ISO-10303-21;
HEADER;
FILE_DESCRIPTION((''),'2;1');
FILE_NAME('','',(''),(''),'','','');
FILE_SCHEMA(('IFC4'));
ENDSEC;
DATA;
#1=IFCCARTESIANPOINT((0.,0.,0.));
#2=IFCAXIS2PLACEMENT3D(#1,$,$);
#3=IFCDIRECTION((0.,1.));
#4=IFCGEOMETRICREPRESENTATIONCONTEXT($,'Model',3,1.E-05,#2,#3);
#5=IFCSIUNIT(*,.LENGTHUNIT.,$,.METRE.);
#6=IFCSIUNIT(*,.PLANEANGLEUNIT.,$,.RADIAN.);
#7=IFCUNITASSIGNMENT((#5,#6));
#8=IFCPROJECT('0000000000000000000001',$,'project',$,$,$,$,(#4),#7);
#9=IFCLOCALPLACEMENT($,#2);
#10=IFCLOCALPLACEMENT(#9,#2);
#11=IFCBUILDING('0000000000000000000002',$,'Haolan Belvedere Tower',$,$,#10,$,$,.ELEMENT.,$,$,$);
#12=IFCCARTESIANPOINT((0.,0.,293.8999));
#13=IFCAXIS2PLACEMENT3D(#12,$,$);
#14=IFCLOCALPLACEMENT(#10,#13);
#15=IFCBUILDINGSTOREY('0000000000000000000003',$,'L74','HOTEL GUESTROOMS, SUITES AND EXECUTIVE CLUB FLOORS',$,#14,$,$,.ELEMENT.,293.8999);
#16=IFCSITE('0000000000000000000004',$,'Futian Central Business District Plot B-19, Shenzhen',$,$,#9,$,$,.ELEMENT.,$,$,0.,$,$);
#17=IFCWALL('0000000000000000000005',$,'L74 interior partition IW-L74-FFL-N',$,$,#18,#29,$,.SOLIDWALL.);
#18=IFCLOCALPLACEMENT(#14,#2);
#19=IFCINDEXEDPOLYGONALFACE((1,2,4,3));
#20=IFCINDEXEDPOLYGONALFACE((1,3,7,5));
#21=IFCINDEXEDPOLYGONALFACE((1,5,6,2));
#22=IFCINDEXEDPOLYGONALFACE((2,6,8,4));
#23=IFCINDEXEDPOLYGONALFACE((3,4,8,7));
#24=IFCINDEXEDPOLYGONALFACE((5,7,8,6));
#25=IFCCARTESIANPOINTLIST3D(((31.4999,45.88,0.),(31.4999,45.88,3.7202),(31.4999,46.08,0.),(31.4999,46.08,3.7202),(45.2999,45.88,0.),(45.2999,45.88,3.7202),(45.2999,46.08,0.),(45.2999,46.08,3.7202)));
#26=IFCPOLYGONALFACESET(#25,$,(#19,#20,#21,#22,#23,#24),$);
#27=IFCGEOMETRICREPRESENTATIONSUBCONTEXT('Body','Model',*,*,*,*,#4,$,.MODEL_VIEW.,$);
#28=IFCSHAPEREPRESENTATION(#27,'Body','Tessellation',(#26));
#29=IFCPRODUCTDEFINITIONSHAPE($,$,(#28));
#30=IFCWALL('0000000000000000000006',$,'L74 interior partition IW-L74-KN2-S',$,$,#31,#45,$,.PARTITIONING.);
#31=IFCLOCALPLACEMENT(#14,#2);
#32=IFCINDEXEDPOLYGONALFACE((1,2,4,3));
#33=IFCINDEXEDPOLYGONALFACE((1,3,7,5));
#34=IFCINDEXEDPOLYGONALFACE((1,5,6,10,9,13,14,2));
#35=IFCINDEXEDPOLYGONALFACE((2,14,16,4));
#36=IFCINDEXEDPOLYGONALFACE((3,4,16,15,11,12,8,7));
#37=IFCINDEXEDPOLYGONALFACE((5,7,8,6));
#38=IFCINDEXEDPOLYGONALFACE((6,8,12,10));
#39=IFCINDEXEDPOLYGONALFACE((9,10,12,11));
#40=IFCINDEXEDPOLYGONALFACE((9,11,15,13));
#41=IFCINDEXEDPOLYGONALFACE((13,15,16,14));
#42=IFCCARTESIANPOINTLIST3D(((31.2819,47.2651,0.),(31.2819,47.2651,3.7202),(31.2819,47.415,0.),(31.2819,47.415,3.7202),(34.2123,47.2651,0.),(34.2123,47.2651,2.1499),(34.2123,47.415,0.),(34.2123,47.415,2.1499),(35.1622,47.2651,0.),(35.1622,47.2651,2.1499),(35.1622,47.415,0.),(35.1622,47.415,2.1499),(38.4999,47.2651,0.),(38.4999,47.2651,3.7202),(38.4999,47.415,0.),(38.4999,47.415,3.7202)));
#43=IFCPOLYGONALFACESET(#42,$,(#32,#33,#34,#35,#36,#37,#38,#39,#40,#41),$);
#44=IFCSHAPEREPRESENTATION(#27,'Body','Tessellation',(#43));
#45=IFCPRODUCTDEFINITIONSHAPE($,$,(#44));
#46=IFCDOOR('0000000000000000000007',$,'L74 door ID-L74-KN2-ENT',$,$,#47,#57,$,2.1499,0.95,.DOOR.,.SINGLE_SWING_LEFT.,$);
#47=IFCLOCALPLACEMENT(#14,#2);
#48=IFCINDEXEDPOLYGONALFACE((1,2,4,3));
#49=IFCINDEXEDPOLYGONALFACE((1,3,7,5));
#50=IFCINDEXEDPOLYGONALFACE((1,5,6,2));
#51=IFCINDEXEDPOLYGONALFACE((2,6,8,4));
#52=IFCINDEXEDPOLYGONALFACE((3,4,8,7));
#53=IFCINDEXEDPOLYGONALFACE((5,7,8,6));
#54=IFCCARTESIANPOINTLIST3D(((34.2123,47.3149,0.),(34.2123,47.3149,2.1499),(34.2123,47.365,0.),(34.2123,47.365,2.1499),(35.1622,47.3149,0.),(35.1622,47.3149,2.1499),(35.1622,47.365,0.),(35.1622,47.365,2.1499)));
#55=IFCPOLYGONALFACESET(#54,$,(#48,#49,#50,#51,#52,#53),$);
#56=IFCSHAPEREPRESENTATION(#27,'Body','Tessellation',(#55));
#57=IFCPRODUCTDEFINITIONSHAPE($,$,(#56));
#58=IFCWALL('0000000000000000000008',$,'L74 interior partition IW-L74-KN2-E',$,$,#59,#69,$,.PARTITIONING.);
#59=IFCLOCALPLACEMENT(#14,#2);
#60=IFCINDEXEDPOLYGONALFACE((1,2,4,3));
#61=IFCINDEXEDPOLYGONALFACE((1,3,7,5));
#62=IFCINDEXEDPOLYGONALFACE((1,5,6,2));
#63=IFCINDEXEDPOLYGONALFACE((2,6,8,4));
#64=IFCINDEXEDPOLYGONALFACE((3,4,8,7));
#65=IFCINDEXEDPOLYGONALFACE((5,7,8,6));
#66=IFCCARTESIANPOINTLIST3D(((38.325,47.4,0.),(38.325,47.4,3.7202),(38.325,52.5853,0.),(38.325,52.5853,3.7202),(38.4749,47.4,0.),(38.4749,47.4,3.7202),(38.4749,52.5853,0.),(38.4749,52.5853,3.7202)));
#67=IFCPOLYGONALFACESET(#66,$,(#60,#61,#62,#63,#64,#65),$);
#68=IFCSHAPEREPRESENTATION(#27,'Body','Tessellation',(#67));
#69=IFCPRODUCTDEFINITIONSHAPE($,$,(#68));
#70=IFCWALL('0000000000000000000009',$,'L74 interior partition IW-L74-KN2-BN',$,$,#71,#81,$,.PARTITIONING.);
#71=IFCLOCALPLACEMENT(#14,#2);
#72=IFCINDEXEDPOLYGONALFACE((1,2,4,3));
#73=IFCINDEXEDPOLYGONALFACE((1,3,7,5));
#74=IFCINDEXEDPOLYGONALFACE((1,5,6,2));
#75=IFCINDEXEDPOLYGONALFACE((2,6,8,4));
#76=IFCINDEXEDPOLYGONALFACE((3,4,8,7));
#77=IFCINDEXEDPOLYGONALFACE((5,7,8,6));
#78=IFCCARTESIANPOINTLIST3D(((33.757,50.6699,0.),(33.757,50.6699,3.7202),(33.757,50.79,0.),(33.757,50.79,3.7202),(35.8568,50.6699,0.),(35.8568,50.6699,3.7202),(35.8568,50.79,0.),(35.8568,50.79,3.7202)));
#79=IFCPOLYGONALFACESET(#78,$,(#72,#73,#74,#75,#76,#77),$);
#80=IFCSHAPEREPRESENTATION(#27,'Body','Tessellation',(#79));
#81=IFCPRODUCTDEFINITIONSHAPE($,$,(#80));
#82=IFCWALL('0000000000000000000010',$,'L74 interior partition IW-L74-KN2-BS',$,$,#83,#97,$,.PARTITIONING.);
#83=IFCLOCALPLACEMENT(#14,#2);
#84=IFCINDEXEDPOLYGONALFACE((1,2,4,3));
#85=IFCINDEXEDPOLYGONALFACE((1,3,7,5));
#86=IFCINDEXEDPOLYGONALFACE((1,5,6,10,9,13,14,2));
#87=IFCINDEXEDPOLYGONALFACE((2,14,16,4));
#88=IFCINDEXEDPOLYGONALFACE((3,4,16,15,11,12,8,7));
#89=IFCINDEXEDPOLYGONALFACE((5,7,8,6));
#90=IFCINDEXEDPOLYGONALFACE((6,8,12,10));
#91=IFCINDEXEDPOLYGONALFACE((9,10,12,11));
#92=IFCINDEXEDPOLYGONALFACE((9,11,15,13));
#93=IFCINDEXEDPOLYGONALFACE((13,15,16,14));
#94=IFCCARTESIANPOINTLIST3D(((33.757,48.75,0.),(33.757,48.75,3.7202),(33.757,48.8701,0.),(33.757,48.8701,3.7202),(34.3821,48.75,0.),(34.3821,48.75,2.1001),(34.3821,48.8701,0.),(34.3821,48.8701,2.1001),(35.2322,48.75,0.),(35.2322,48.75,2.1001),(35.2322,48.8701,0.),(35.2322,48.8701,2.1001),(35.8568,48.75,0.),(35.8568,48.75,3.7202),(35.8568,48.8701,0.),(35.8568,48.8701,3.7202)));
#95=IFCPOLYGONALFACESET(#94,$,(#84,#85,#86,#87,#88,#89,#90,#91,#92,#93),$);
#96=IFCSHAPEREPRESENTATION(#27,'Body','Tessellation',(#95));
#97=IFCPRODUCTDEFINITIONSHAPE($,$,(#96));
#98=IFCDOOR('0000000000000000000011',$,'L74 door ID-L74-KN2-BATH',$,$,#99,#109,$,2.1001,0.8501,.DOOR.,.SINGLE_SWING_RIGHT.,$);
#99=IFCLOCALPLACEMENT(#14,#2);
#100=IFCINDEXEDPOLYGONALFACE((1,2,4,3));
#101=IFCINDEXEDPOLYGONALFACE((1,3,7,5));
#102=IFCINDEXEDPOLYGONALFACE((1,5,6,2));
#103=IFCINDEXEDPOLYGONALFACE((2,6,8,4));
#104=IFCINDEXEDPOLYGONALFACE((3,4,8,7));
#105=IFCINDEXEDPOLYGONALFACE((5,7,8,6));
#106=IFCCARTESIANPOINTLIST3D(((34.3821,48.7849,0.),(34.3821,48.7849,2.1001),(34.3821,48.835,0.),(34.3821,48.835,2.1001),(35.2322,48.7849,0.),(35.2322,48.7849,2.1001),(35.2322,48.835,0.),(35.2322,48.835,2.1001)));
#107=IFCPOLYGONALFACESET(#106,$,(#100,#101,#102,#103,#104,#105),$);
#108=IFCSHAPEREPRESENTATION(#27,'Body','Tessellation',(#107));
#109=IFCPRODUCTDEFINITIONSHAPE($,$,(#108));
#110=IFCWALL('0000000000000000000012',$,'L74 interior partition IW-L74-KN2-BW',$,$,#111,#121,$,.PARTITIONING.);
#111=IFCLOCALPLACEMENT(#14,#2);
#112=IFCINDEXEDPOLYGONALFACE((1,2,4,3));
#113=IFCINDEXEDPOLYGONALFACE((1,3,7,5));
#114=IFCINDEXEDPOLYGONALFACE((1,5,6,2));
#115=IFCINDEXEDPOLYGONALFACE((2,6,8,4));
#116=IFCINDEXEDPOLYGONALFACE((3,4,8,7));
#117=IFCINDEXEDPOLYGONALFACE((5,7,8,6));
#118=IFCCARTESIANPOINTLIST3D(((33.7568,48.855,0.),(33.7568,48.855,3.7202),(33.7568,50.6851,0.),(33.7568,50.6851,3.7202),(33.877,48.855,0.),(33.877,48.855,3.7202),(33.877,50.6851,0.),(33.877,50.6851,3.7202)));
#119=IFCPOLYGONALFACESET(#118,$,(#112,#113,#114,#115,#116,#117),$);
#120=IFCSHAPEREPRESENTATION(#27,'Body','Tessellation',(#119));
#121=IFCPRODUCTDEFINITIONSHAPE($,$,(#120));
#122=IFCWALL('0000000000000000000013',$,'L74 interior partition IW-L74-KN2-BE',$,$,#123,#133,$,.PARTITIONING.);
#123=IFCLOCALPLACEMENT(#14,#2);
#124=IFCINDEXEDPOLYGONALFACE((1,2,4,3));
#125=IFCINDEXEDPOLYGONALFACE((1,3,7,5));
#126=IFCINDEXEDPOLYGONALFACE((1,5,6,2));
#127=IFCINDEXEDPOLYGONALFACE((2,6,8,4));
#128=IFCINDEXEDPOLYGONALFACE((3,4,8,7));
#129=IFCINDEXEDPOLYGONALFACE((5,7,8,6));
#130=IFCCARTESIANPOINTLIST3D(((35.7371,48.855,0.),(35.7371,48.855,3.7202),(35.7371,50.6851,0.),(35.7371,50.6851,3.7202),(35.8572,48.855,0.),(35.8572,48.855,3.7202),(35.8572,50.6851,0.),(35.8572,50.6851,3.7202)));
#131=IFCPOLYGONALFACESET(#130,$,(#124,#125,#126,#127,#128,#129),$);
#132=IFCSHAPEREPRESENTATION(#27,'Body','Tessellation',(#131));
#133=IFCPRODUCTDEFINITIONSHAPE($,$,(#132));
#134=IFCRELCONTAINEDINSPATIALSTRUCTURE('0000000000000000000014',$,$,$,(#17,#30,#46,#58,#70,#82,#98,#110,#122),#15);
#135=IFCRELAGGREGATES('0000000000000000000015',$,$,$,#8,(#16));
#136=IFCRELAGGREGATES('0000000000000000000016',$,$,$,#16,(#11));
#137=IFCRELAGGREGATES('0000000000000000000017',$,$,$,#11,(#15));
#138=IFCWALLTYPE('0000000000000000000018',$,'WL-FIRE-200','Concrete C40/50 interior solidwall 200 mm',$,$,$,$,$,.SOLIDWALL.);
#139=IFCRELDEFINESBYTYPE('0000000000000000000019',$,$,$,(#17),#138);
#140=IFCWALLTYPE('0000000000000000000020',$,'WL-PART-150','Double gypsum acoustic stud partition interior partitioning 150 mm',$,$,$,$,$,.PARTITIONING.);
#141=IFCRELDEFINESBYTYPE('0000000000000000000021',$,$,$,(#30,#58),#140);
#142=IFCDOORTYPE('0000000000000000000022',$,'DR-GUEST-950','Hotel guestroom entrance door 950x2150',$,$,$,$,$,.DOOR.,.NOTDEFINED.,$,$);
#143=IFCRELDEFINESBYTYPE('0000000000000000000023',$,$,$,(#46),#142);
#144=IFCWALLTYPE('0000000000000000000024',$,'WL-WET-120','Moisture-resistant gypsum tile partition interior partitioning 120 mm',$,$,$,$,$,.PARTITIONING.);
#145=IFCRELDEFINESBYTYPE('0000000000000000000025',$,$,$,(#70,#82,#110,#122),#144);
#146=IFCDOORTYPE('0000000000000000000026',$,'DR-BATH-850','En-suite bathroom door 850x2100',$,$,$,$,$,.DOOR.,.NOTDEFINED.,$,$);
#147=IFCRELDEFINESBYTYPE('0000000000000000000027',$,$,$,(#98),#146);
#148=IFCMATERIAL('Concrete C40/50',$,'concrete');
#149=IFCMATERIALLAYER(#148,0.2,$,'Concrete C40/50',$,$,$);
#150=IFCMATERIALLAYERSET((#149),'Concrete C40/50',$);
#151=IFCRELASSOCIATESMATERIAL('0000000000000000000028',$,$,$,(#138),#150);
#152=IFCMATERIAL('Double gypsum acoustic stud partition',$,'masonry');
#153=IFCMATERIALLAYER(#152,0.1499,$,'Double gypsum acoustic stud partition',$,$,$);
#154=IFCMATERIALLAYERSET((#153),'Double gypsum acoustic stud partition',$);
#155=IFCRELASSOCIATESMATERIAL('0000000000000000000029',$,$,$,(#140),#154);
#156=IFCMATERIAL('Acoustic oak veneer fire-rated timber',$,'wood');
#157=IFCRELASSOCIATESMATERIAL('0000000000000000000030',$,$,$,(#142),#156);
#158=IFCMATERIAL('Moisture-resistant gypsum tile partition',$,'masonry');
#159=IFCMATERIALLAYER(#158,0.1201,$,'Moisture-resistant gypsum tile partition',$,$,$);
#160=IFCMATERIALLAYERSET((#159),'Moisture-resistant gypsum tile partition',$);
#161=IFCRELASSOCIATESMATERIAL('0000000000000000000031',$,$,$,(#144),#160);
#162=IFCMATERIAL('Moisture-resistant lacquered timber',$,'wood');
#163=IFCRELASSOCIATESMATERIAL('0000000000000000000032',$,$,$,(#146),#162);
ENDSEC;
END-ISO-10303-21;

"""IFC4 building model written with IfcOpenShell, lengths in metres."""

from ifc_helpers import new_model, si_unit, direction, frame, frame_2d, origin, place, context, subcontext, project, spatial, rectangle, extrude, material, layer, layer_set, type_object, element, fill, save


model = new_model("IFC4")

# Units and contexts
model_context = context("Model", 3, precision=1e-05, world=origin(), true_north=direction((0.0, 1.0)))
body_context = subcontext(model_context, "Body", "Model", "MODEL_VIEW")
ifc_project = project(units=[si_unit("LENGTHUNIT", "METRE"), si_unit("PLANEANGLEUNIT", "RADIAN")], contexts=[model_context])

# Site, building, storey
site_placement = place(None, origin())
site = spatial("IfcSite", under=ifc_project, at=site_placement, Name="Futian Central Business District Plot B-19, Shenzhen", CompositionType="ELEMENT", RefElevation=0.0)
building_placement = place(site_placement, origin())
building = spatial("IfcBuilding", under=site, at=building_placement, Name="Haolan Belvedere Tower", CompositionType="ELEMENT")
storey_placement = place(building_placement, frame((0.0, 0.0, 293.8999)))
storey = spatial("IfcBuildingStorey", under=building, at=storey_placement, Name="L74", Description="HOTEL GUESTROOMS, SUITES AND EXECUTIVE CLUB FLOORS", CompositionType="ELEMENT", Elevation=293.8999)

# Wall
ifc_material_1 = material(Name="Concrete C40/50", Category="concrete")
ifc_layer_1 = layer(ifc_material_1, 0.2, Name="Concrete C40/50")
ifc_layer_set_1 = layer_set([ifc_layer_1], Name="Concrete C40/50")
wall_type_1 = type_object("IfcWallType", Name="WL-FIRE-200", Description="Concrete C40/50 interior solidwall 200 mm", PredefinedType="SOLIDWALL", material=ifc_layer_set_1)
wall_1_placement = place(storey_placement, frame((31.5, 45.98, 0.0), z_axis=(0.0, 0.0, 1.0), x_axis=(1.0, 0.0, 0.0)))
element("IfcWall", 1, at=wall_1_placement, inside=storey, type_object=wall_type_1, Name="L74 interior partition IW-L74-FFL-N", PredefinedType="SOLIDWALL", context=body_context, shape_type="SweptSolid", body=[
    extrude(rectangle(XDim=13.8, YDim=0.2, at=frame_2d((6.8999, 0.0))), origin(), (0.0, 0.0, 1.0), 3.7202),
])

# Wall, opening, door
ifc_material_2 = material(Name="Double gypsum acoustic stud partition", Category="masonry")
ifc_layer_2 = layer(ifc_material_2, 0.1499, Name="Double gypsum acoustic stud partition")
ifc_layer_set_2 = layer_set([ifc_layer_2], Name="Double gypsum acoustic stud partition")
wall_type_2 = type_object("IfcWallType", Name="WL-PART-150", Description="Double gypsum acoustic stud partition interior partitioning 150 mm", PredefinedType="PARTITIONING", material=ifc_layer_set_2)
wall_2_placement = place(storey_placement, frame((31.282, 47.3401, 0.0), z_axis=(0.0, 0.0, 1.0), x_axis=(1.0, 0.0, 0.0)))
wall_2 = element("IfcWall", 2, at=wall_2_placement, inside=storey, type_object=wall_type_2, Name="L74 interior partition IW-L74-KN2-S", PredefinedType="PARTITIONING", context=body_context, shape_type="SweptSolid", body=[
    extrude(rectangle(XDim=7.218, YDim=0.1499, at=frame_2d((3.6089, 0.0))), origin(), (0.0, 0.0, 1.0), 3.7202),
])
opening_1_placement = place(wall_2_placement, frame((2.9302, 0.0, 0.0)))
opening_1 = element("IfcOpeningElement", 3, at=opening_1_placement, cuts=wall_2, PredefinedType="OPENING", context=body_context, shape_type="SweptSolid", body=[
    extrude(rectangle(XDim=0.95, YDim=2.1499, at=frame_2d((0.4751, 1.075))), frame((0.0, 0.085, 0.0), z_axis=(0.0, -1.0, 0.0), x_axis=(1.0, 0.0, 0.0)), (0.0, 0.0, 1.0), 0.1699),
])
ifc_material_3 = material(Name="Acoustic oak veneer fire-rated timber", Category="wood")
door_type_1 = type_object("IfcDoorType", Name="DR-GUEST-950", Description="Hotel guestroom entrance door 950x2150", OperationType="NOTDEFINED", PredefinedType="DOOR", material=ifc_material_3)
door_1_placement = place(opening_1_placement, origin())
door_1 = element("IfcDoor", 4, at=door_1_placement, inside=storey, type_object=door_type_1, Name="L74 door ID-L74-KN2-ENT", OperationType="SINGLE_SWING_LEFT", OverallHeight=2.1499, OverallWidth=0.95, PredefinedType="DOOR", context=body_context, shape_type="SweptSolid", body=[
    extrude(rectangle(XDim=0.95, YDim=2.1499, at=frame_2d((0.4751, 1.075))), frame((0.0, 0.0249, 0.0), z_axis=(0.0, -1.0, 0.0), x_axis=(1.0, 0.0, 0.0)), (0.0, 0.0, 1.0), 0.05),
])
fill(opening_1, door_1)

# Walls
wall_3_placement = place(storey_placement, frame((38.3999, 47.3999, 0.0), z_axis=(0.0, 0.0, 1.0), x_axis=(0.0, 1.0, 0.0)))
element("IfcWall", 5, at=wall_3_placement, inside=storey, type_object=wall_type_2, Name="L74 interior partition IW-L74-KN2-E", PredefinedType="PARTITIONING", context=body_context, shape_type="SweptSolid", body=[
    extrude(rectangle(XDim=5.1853, YDim=0.1499, at=frame_2d((2.5928, 0.0))), origin(), (0.0, 0.0, 1.0), 3.7202),
])
ifc_material_4 = material(Name="Moisture-resistant gypsum tile partition", Category="masonry")
ifc_layer_3 = layer(ifc_material_4, 0.1201, Name="Moisture-resistant gypsum tile partition")
ifc_layer_set_3 = layer_set([ifc_layer_3], Name="Moisture-resistant gypsum tile partition")
wall_type_3 = type_object("IfcWallType", Name="WL-WET-120", Description="Moisture-resistant gypsum tile partition interior partitioning 120 mm", PredefinedType="PARTITIONING", material=ifc_layer_set_3)
wall_4_placement = place(storey_placement, frame((33.7571, 50.73, 0.0), z_axis=(0.0, 0.0, 1.0), x_axis=(1.0, 0.0, 0.0)))
element("IfcWall", 6, at=wall_4_placement, inside=storey, type_object=wall_type_3, Name="L74 interior partition IW-L74-KN2-BN", PredefinedType="PARTITIONING", context=body_context, shape_type="SweptSolid", body=[
    extrude(rectangle(XDim=2.0999, YDim=0.1201, at=frame_2d((1.0498, 0.0))), origin(), (0.0, 0.0, 1.0), 3.7202),
])

# Wall, opening, door
wall_5_placement = place(storey_placement, frame((33.7571, 48.8101, 0.0), z_axis=(0.0, 0.0, 1.0), x_axis=(1.0, 0.0, 0.0)))
wall_5 = element("IfcWall", 7, at=wall_5_placement, inside=storey, type_object=wall_type_3, Name="L74 interior partition IW-L74-KN2-BS", PredefinedType="PARTITIONING", context=body_context, shape_type="SweptSolid", body=[
    extrude(rectangle(XDim=2.0999, YDim=0.1201, at=frame_2d((1.0498, 0.0))), origin(), (0.0, 0.0, 1.0), 3.7202),
])
opening_2_placement = place(wall_5_placement, frame((0.625, 0.0, 0.0)))
opening_2 = element("IfcOpeningElement", 8, at=opening_2_placement, cuts=wall_5, PredefinedType="OPENING", context=body_context, shape_type="SweptSolid", body=[
    extrude(rectangle(XDim=0.8501, YDim=2.1001, at=frame_2d((0.425, 1.05))), frame((0.0, 0.0701, 0.0), z_axis=(0.0, -1.0, 0.0), x_axis=(1.0, 0.0, 0.0)), (0.0, 0.0, 1.0), 0.1401),
])
ifc_material_5 = material(Name="Moisture-resistant lacquered timber", Category="wood")
door_type_2 = type_object("IfcDoorType", Name="DR-BATH-850", Description="En-suite bathroom door 850x2100", OperationType="NOTDEFINED", PredefinedType="DOOR", material=ifc_material_5)
door_2_placement = place(opening_2_placement, origin())
door_2 = element("IfcDoor", 9, at=door_2_placement, inside=storey, type_object=door_type_2, Name="L74 door ID-L74-KN2-BATH", OperationType="SINGLE_SWING_RIGHT", OverallHeight=2.1001, OverallWidth=0.8501, PredefinedType="DOOR", context=body_context, shape_type="SweptSolid", body=[
    extrude(rectangle(XDim=0.8501, YDim=2.1001, at=frame_2d((0.425, 1.05))), frame((0.0, 0.0249, 0.0), z_axis=(0.0, -1.0, 0.0), x_axis=(1.0, 0.0, 0.0)), (0.0, 0.0, 1.0), 0.05),
])
fill(opening_2, door_2)

# Walls
for number, where, z_axis, x_axis, name in (
    (10, (33.8169, 48.855, 0.0), (0.0, 0.0, 1.0), (0.0, 1.0, 0.0), "L74 interior partition IW-L74-KN2-BW"),
    (11, (35.7971, 48.855, 0.0), (0.0, 0.0, 1.0), (0.0, 1.0, 0.0), "L74 interior partition IW-L74-KN2-BE"),
):
    element("IfcWall", number, at=place(storey_placement, frame(where, z_axis=z_axis, x_axis=x_axis)), inside=storey, type_object=wall_type_3, Name=name, PredefinedType="PARTITIONING", context=body_context, shape_type="SweptSolid", body=[
        extrude(rectangle(XDim=1.8301, YDim=0.1201, at=frame_2d((0.915, 0.0))), origin(), (0.0, 0.0, 1.0), 3.7202),
    ])

save(model, "model.ifc")
